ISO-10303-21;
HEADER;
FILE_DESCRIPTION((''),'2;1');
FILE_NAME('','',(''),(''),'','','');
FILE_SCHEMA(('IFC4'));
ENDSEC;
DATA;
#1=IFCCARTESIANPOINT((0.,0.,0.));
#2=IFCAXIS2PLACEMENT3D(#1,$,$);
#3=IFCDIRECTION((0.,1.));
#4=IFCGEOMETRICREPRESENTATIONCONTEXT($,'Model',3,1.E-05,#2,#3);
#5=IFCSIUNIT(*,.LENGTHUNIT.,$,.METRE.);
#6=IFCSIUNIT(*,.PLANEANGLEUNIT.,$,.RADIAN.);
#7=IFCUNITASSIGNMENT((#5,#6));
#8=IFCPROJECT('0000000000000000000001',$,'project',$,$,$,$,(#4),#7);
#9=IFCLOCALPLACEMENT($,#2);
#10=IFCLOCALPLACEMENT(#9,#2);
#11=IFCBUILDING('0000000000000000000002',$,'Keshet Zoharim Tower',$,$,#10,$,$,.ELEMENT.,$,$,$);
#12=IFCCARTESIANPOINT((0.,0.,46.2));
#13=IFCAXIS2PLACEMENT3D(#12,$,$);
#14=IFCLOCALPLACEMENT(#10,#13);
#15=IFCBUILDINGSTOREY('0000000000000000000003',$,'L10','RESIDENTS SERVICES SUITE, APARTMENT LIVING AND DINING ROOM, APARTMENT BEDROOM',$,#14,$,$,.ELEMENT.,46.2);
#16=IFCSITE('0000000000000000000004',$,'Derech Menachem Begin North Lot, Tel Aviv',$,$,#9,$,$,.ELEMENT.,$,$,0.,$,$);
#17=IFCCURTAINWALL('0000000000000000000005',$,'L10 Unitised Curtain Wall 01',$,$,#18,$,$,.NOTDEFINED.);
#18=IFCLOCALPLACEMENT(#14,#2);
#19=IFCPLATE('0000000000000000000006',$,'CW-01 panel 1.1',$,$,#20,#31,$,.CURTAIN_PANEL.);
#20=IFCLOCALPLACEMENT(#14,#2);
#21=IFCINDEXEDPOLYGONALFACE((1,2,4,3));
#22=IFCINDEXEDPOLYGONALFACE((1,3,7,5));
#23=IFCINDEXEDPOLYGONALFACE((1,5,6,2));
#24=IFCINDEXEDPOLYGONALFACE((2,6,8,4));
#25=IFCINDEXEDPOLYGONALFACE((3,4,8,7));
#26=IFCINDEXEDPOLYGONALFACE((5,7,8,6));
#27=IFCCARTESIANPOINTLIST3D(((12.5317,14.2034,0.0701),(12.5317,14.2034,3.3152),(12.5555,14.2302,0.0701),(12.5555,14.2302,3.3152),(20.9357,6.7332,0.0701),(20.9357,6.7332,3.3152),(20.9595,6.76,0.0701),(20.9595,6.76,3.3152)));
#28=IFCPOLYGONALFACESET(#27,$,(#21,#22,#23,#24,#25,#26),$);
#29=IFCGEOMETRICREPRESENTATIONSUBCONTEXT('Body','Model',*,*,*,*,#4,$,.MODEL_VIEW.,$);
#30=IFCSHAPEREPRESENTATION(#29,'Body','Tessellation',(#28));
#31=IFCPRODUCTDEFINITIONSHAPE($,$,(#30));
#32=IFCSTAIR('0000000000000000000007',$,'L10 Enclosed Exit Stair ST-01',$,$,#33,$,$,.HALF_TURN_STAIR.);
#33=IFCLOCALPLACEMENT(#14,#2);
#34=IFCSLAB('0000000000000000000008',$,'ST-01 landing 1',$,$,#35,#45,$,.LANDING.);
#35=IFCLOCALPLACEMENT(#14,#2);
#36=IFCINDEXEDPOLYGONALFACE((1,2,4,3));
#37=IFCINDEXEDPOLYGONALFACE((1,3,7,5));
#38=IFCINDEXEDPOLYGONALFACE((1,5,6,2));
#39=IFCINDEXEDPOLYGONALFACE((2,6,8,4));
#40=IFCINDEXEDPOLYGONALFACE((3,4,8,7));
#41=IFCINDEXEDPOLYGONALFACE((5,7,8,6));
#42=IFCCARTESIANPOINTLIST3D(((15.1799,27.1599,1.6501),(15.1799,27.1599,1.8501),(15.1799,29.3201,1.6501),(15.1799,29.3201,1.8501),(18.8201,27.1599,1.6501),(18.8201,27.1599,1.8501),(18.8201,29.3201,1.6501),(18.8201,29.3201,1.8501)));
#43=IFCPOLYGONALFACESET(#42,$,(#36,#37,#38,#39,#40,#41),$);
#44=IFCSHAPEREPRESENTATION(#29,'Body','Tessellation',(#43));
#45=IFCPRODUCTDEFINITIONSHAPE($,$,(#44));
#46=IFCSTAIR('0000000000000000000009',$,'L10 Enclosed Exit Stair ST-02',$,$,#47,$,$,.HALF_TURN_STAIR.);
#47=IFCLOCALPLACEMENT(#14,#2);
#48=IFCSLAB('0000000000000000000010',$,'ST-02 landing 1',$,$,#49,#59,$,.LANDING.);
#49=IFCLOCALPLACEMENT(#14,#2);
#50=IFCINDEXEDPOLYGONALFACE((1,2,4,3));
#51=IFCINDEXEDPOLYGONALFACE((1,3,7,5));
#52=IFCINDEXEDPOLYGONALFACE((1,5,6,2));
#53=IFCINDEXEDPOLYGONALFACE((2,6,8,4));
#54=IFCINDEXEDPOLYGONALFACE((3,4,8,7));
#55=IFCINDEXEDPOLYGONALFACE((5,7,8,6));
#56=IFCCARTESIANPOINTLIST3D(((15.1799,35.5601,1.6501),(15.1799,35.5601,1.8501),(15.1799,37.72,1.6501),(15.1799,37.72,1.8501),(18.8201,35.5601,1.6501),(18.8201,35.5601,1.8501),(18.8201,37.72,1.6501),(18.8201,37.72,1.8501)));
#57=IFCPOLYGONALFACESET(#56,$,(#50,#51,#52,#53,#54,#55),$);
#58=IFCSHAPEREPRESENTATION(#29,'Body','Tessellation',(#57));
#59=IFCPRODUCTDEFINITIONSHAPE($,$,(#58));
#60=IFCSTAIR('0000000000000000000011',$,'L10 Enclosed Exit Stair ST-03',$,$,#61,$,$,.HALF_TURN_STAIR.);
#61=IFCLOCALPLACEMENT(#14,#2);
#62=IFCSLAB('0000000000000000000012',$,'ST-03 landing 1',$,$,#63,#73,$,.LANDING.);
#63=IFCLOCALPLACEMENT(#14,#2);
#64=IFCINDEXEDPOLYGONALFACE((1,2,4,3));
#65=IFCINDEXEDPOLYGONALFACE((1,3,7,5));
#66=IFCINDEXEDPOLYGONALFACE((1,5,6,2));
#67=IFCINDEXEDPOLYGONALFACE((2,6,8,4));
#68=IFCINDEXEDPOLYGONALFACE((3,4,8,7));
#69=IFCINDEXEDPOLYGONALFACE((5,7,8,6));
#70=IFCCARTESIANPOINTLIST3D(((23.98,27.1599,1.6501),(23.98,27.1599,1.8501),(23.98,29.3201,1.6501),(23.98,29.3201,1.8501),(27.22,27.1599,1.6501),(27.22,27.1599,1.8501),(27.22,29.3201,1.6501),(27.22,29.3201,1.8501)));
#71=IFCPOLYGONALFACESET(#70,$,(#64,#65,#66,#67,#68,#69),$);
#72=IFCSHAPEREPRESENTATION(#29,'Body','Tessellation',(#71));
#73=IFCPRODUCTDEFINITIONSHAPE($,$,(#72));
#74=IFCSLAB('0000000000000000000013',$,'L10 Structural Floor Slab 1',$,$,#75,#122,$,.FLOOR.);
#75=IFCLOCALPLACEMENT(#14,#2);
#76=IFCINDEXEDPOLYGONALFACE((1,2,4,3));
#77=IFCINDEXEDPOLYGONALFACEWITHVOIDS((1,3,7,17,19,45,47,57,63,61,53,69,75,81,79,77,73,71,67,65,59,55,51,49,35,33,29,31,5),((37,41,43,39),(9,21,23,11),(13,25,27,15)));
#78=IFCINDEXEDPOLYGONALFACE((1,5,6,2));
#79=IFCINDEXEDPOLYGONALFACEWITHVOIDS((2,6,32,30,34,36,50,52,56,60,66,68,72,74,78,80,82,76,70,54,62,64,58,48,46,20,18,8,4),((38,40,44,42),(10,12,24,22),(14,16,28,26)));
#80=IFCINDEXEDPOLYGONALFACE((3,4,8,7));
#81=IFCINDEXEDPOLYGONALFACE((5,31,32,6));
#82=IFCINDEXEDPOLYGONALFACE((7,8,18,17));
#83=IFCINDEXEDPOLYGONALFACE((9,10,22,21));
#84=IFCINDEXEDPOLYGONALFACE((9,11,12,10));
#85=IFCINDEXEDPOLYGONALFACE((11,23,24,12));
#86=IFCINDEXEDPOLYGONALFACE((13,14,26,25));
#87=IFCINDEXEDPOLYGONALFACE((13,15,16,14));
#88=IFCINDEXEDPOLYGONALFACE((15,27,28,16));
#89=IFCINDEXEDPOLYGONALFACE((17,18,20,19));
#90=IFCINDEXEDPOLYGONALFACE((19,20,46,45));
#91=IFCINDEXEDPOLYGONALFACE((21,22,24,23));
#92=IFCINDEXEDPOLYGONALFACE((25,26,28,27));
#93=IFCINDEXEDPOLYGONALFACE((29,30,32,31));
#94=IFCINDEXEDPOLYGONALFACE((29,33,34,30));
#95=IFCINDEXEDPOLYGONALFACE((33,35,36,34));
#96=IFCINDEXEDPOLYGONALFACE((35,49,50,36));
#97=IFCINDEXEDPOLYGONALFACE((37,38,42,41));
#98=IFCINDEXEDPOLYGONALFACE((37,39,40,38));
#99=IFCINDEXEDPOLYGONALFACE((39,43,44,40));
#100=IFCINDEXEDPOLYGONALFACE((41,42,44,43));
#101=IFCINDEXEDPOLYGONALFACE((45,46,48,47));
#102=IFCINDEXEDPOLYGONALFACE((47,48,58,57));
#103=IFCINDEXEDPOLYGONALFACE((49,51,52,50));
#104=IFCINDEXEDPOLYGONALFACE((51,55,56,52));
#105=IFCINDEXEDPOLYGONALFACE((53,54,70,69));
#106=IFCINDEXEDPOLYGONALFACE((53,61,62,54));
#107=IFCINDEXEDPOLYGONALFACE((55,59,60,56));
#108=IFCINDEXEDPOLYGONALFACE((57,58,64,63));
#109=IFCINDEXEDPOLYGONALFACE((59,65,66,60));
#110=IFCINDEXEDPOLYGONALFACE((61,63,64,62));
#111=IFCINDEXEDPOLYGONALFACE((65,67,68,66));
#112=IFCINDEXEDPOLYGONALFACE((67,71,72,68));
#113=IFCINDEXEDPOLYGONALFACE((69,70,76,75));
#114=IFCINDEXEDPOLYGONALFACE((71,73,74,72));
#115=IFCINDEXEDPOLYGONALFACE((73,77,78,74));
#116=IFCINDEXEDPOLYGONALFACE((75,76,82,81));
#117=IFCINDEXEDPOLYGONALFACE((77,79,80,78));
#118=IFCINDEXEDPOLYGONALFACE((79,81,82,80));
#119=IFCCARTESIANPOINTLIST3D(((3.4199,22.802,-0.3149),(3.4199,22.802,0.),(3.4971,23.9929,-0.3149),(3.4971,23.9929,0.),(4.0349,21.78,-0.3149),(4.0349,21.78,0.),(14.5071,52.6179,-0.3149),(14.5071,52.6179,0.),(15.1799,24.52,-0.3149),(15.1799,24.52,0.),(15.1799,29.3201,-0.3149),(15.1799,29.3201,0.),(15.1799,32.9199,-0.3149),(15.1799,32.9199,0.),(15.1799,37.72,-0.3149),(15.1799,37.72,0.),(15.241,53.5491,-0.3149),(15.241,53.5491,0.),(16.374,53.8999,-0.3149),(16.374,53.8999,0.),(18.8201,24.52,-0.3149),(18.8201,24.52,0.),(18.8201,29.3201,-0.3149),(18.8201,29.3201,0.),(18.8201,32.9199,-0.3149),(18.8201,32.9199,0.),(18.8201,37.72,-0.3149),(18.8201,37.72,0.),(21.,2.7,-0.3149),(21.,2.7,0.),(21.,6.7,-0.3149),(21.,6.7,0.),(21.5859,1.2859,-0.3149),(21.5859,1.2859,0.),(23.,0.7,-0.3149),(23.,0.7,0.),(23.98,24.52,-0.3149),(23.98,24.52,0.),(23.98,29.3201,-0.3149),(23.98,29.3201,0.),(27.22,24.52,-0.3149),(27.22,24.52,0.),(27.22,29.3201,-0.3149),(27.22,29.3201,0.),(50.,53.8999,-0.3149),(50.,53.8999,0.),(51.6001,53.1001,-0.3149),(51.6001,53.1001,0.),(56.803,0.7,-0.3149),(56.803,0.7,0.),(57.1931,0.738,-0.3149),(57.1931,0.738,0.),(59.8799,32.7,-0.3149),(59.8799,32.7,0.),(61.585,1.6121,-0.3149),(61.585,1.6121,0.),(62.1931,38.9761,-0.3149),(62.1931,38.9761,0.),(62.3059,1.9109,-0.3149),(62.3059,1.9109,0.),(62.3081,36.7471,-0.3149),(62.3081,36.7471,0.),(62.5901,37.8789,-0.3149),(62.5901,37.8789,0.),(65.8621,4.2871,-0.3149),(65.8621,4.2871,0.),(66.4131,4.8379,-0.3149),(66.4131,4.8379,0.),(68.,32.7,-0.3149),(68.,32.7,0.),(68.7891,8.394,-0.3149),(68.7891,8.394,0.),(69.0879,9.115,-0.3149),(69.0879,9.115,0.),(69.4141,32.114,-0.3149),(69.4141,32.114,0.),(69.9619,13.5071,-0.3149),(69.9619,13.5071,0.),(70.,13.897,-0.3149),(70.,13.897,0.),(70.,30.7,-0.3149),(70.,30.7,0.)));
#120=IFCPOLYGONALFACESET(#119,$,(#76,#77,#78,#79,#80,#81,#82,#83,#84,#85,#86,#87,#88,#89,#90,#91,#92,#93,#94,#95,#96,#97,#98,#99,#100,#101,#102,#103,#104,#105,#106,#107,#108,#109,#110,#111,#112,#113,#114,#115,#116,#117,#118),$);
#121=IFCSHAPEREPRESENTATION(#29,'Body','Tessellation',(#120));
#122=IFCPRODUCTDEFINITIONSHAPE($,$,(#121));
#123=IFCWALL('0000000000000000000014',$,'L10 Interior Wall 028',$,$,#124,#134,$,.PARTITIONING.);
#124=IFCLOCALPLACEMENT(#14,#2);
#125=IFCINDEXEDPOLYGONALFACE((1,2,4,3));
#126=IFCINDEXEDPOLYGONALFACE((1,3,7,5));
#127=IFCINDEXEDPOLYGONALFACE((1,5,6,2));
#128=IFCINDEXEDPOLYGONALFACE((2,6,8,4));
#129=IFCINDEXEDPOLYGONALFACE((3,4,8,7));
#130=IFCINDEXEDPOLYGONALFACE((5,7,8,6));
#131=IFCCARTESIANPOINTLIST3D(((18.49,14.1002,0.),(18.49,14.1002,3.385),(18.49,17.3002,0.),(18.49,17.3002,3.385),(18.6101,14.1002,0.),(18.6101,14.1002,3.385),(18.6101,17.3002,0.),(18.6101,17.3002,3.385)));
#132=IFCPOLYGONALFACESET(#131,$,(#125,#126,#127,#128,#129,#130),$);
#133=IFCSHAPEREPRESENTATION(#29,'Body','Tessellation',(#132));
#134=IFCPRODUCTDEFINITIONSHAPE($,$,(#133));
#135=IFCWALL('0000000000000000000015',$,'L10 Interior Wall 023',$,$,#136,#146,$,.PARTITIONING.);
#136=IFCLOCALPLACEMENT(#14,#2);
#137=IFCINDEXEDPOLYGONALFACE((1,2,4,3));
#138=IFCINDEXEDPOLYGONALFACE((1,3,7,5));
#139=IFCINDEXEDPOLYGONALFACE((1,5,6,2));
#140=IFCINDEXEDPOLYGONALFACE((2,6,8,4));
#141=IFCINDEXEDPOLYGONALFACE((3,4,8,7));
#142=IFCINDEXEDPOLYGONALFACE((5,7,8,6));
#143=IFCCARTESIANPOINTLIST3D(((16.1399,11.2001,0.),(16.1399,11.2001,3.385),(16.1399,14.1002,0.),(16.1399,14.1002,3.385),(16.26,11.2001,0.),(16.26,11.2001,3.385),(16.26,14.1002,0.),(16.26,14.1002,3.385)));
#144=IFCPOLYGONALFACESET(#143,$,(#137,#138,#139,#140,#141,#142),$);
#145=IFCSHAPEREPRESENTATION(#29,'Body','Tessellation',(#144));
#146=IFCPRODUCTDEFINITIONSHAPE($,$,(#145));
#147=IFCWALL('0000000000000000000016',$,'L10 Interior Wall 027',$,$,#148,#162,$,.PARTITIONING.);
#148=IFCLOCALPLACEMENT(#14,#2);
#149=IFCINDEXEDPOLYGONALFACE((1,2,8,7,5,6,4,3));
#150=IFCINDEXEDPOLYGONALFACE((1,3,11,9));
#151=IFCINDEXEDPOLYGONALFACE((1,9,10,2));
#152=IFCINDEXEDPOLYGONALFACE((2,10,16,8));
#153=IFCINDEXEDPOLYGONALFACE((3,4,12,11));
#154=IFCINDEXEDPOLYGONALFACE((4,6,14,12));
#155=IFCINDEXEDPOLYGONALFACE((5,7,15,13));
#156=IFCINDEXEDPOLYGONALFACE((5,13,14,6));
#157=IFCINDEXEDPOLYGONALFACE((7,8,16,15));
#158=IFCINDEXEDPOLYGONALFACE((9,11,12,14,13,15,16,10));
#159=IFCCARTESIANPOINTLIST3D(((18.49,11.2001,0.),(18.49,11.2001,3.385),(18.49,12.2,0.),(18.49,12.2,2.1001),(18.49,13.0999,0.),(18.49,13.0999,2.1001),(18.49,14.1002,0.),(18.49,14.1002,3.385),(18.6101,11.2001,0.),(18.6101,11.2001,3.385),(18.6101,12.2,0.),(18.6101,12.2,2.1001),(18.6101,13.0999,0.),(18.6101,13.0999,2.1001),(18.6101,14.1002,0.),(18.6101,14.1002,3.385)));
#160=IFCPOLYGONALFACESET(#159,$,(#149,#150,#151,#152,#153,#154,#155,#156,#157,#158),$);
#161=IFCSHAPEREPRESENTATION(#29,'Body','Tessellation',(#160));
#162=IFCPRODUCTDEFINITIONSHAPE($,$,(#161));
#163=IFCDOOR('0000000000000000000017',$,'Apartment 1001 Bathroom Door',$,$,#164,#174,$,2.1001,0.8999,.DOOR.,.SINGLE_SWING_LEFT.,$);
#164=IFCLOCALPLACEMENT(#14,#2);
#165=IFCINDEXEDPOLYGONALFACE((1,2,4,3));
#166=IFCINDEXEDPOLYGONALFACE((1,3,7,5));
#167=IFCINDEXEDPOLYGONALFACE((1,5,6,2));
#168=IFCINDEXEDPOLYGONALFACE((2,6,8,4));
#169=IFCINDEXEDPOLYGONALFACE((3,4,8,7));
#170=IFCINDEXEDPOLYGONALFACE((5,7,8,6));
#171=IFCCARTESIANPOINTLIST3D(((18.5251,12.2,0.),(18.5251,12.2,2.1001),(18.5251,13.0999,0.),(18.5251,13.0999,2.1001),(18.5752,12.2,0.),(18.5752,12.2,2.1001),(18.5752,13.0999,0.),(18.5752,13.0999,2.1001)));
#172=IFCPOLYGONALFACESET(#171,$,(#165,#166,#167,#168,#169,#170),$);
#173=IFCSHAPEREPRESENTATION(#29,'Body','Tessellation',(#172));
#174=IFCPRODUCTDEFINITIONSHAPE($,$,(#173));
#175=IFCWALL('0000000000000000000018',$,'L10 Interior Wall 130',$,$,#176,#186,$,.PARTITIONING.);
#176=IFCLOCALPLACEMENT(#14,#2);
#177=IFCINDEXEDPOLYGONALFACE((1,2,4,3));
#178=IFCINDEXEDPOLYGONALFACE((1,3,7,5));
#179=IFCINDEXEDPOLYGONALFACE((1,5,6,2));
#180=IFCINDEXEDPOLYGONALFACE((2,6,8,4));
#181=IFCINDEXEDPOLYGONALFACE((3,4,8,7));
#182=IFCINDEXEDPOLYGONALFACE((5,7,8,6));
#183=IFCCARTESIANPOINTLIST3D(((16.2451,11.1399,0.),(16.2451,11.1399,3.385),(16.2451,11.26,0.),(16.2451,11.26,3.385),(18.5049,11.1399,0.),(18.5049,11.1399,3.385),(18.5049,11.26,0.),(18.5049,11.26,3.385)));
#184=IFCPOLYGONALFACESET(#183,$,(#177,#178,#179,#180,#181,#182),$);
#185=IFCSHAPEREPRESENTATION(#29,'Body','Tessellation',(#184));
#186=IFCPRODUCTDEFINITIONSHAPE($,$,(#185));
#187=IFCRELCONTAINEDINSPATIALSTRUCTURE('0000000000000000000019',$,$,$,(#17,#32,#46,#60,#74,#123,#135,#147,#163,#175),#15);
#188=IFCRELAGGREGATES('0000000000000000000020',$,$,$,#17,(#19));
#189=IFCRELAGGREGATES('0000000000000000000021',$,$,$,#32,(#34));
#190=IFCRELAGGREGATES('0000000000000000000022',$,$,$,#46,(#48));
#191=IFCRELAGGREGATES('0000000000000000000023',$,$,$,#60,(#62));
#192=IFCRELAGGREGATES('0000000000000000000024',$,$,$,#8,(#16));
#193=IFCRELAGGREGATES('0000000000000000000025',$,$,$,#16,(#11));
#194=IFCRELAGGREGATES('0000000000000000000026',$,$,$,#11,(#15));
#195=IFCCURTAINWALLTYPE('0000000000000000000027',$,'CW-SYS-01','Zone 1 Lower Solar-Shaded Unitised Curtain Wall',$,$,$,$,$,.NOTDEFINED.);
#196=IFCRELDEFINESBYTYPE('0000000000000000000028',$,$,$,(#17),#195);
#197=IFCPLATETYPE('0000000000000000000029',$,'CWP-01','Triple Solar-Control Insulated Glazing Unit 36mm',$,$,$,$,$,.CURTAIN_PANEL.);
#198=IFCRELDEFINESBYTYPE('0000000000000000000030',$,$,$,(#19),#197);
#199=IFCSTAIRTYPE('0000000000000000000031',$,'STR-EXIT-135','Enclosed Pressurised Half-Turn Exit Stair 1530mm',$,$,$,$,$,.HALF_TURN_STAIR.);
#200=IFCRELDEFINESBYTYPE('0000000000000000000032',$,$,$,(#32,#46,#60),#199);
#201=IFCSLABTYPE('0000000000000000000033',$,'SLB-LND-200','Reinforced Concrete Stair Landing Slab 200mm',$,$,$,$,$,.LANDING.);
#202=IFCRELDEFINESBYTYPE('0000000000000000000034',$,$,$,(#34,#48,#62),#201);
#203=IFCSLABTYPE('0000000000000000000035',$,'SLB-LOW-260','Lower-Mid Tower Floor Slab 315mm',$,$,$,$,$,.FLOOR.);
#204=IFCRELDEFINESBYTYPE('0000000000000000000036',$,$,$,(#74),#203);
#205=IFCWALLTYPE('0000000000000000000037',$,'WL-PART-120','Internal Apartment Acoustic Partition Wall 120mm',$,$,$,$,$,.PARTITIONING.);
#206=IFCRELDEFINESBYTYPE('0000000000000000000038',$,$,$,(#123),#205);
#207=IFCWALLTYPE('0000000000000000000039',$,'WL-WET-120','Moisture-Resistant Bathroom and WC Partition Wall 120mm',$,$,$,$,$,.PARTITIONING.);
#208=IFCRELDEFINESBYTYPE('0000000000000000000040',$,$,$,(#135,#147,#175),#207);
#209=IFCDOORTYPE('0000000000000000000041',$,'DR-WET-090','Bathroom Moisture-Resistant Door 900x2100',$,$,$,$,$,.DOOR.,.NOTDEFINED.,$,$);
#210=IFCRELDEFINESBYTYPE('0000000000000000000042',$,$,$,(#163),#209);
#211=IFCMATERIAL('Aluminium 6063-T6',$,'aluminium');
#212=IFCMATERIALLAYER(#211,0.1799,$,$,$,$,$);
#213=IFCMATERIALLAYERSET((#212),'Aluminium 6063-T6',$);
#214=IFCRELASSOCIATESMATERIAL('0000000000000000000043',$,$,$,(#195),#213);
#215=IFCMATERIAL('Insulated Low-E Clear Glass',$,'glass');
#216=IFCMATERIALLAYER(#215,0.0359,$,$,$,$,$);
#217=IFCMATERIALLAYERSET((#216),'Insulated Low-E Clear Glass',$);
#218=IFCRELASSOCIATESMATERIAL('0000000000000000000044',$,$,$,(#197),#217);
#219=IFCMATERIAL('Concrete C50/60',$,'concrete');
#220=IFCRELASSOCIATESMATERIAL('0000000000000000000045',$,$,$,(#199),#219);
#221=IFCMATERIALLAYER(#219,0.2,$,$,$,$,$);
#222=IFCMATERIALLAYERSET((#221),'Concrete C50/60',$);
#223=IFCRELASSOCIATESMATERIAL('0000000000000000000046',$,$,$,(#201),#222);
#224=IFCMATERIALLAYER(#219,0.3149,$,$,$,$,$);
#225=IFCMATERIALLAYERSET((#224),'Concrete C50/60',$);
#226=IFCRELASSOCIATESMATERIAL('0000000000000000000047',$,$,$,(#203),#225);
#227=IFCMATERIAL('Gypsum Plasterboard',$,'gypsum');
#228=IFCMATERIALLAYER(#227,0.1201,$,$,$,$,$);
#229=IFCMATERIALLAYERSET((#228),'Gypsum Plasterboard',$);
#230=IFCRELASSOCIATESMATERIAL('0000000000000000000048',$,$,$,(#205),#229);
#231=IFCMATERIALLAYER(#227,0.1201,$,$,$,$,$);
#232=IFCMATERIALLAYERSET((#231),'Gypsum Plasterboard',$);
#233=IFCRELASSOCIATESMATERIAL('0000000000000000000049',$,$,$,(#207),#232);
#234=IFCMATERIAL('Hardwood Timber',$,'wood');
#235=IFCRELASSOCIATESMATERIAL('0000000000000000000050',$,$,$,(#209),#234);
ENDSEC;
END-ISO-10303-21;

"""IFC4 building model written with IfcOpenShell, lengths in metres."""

from ifc_helpers import new_model, si_unit, direction, frame, frame_2d, origin, origin_2d, place, context, subcontext, project, spatial, polyline, rectangle, outline, extrude, material, layer, layer_set, type_object, element, fill, aggregate, save


model = new_model("IFC4")

# Units and contexts
model_context = context("Model", 3, precision=1e-05, world=origin(), true_north=direction((0.0, 1.0)))
body_context = subcontext(model_context, "Body", "Model", "MODEL_VIEW")
ifc_project = project(units=[si_unit("LENGTHUNIT", "METRE"), si_unit("PLANEANGLEUNIT", "RADIAN")], contexts=[model_context])

# Site, building, storey
site_placement = place(None, origin())
site = spatial("IfcSite", under=ifc_project, at=site_placement, Name="Derech Menachem Begin North Lot, Tel Aviv", CompositionType="ELEMENT", RefElevation=0.0)
building_placement = place(site_placement, origin())
building = spatial("IfcBuilding", under=site, at=building_placement, Name="Keshet Zoharim Tower", CompositionType="ELEMENT")
storey_placement = place(building_placement, frame((0.0, 0.0, 46.2)))
storey = spatial("IfcBuildingStorey", under=building, at=storey_placement, Name="L10", Description="RESIDENTS SERVICES SUITE, APARTMENT LIVING AND DINING ROOM, APARTMENT BEDROOM", CompositionType="ELEMENT", Elevation=46.2)

# Curtain wall, plate
ifc_material_1 = material(Name="Aluminium 6063-T6", Category="aluminium")
ifc_layer_1 = layer(ifc_material_1, 0.1799)
ifc_layer_set_1 = layer_set([ifc_layer_1], Name="Aluminium 6063-T6")
curtain_wall_type = type_object("IfcCurtainWallType", Name="CW-SYS-01", Description="Zone 1 Lower Solar-Shaded Unitised Curtain Wall", PredefinedType="NOTDEFINED", material=ifc_layer_set_1)
curtain_wall_placement = place(storey_placement, origin())
curtain_wall = element("IfcCurtainWall", 1, at=curtain_wall_placement, inside=storey, type_object=curtain_wall_type, Name="L10 Unitised Curtain Wall 01", PredefinedType="NOTDEFINED")
ifc_material_2 = material(Name="Insulated Low-E Clear Glass", Category="glass")
ifc_layer_2 = layer(ifc_material_2, 0.0359)
ifc_layer_set_2 = layer_set([ifc_layer_2], Name="Insulated Low-E Clear Glass")
plate_type = type_object("IfcPlateType", Name="CWP-01", Description="Triple Solar-Control Insulated Glazing Unit 36mm", PredefinedType="CURTAIN_PANEL", material=ifc_layer_set_2)
plate_placement = place(storey_placement, frame((16.7456, 10.4817, 0.0701), z_axis=(0.0, 0.0, 1.0), x_axis=(-0.747409, 0.664364, 0.0)))
plate = element("IfcPlate", 2, at=plate_placement, type_object=plate_type, Name="CW-01 panel 1.1", PredefinedType="CURTAIN_PANEL", context=body_context, shape_type="SweptSolid", body=[
    extrude(rectangle(XDim=11.2441, YDim=0.0359, at=origin_2d()), origin(), (0.0, 0.0, 1.0), 3.2451),
])
aggregate(curtain_wall, [plate])

# Stairs, slabs
ifc_material_3 = material(Name="Concrete C50/60", Category="concrete")
stair_type = type_object("IfcStairType", Name="STR-EXIT-135", Description="Enclosed Pressurised Half-Turn Exit Stair 1530mm", PredefinedType="HALF_TURN_STAIR", material=ifc_material_3)
stair_1_placement = place(storey_placement, origin())
stair_1 = element("IfcStair", 3, at=stair_1_placement, inside=storey, type_object=stair_type, Name="L10 Enclosed Exit Stair ST-01", PredefinedType="HALF_TURN_STAIR")
ifc_layer_3 = layer(ifc_material_3, 0.2)
ifc_layer_set_3 = layer_set([ifc_layer_3], Name="Concrete C50/60")
slab_type_1 = type_object("IfcSlabType", Name="SLB-LND-200", Description="Reinforced Concrete Stair Landing Slab 200mm", PredefinedType="LANDING", material=ifc_layer_set_3)
slab_1_placement = place(storey_placement, frame((0.0, 0.0, 1.6501)))
slab_1 = element("IfcSlab", 4, at=slab_1_placement, type_object=slab_type_1, Name="ST-01 landing 1", PredefinedType="LANDING", context=body_context, shape_type="SweptSolid", body=[
    extrude(outline(polyline([(15.1799, 27.1599), (18.8201, 27.1599), (18.8201, 29.3201), (15.1799, 29.3201), (15.1799, 27.1599)])), origin(), (0.0, 0.0, 1.0), 0.2),
])
aggregate(stair_1, [slab_1])
stair_2_placement = place(storey_placement, origin())
stair_2 = element("IfcStair", 5, at=stair_2_placement, inside=storey, type_object=stair_type, Name="L10 Enclosed Exit Stair ST-02", PredefinedType="HALF_TURN_STAIR")
slab_2_placement = place(storey_placement, frame((0.0, 0.0, 1.6501)))
slab_2 = element("IfcSlab", 6, at=slab_2_placement, type_object=slab_type_1, Name="ST-02 landing 1", PredefinedType="LANDING", context=body_context, shape_type="SweptSolid", body=[
    extrude(outline(polyline([(15.1799, 35.5601), (18.8201, 35.5601), (18.8201, 37.72), (15.1799, 37.72), (15.1799, 35.5601)])), origin(), (0.0, 0.0, 1.0), 0.2),
])
aggregate(stair_2, [slab_2])
stair_3_placement = place(storey_placement, origin())
stair_3 = element("IfcStair", 7, at=stair_3_placement, inside=storey, type_object=stair_type, Name="L10 Enclosed Exit Stair ST-03", PredefinedType="HALF_TURN_STAIR")
slab_3_placement = place(storey_placement, frame((0.0, 0.0, 1.6501)))
slab_3 = element("IfcSlab", 8, at=slab_3_placement, type_object=slab_type_1, Name="ST-03 landing 1", PredefinedType="LANDING", context=body_context, shape_type="SweptSolid", body=[
    extrude(outline(polyline([(23.98, 27.1599), (27.22, 27.1599), (27.22, 29.3201), (23.98, 29.3201), (23.98, 27.1599)])), origin(), (0.0, 0.0, 1.0), 0.2),
])
aggregate(stair_3, [slab_3])

# Slab
ifc_layer_4 = layer(ifc_material_3, 0.3149)
ifc_layer_set_4 = layer_set([ifc_layer_4], Name="Concrete C50/60")
slab_type_2 = type_object("IfcSlabType", Name="SLB-LOW-260", Description="Lower-Mid Tower Floor Slab 315mm", PredefinedType="FLOOR", material=ifc_layer_set_4)
slab_4_placement = place(storey_placement, frame((0.0, 0.0, -0.3149)))
element("IfcSlab", 9, at=slab_4_placement, inside=storey, type_object=slab_type_2, Name="L10 Structural Floor Slab 1", PredefinedType="FLOOR", context=body_context, shape_type="SweptSolid", body=[
    extrude(outline(polyline([(21.0, 6.7), (4.0349, 21.78), (3.4199, 22.802), (3.4971, 23.9929), (14.5071, 52.6179), (15.241, 53.5491), (16.374, 53.8999), (50.0, 53.8999), (51.6001, 53.1001), (62.1931, 38.9761), (62.5901, 37.8789), (62.3081, 36.7471), (59.8799, 32.7), (68.0, 32.7), (69.4141, 32.114), (70.0, 30.7), (70.0, 13.897), (69.9619, 13.5071), (69.0879, 9.115), (68.7891, 8.394), (66.4131, 4.8379), (65.8621, 4.2871), (62.3059, 1.9109), (61.585, 1.6121), (57.1931, 0.738), (56.803, 0.7), (23.0, 0.7), (21.5859, 1.2859), (21.0, 2.7), (21.0, 6.7)]), holes=[polyline([(15.1799, 24.52), (18.8201, 24.52), (18.8201, 29.3201), (15.1799, 29.3201), (15.1799, 24.52)]), polyline([(15.1799, 32.9199), (18.8201, 32.9199), (18.8201, 37.72), (15.1799, 37.72), (15.1799, 32.9199)]), polyline([(23.98, 24.52), (27.22, 24.52), (27.22, 29.3201), (23.98, 29.3201), (23.98, 24.52)])]), origin(), (0.0, 0.0, 1.0), 0.3149),
])

# Shared definitions
ifc_material_4 = material(Name="Gypsum Plasterboard", Category="gypsum")
ifc_layer_5 = layer(ifc_material_4, 0.1201)
ifc_layer_set_5 = layer_set([ifc_layer_5], Name="Gypsum Plasterboard")
wall_type_1 = type_object("IfcWallType", Name="WL-PART-120", Description="Internal Apartment Acoustic Partition Wall 120mm", PredefinedType="PARTITIONING", material=ifc_layer_set_5)
ifc_material_5 = material(Name="Hardwood Timber", Category="wood")

# Walls
wall_1_placement = place(storey_placement, frame((18.55, 14.1001, 0.0), z_axis=(0.0, 0.0, 1.0), x_axis=(0.0, 1.0, 0.0)))
element("IfcWall", 10, at=wall_1_placement, inside=storey, type_object=wall_type_1, Name="L10 Interior Wall 028", PredefinedType="PARTITIONING", context=body_context, shape_type="SweptSolid", body=[
    extrude(rectangle(XDim=3.2, YDim=0.1201, at=frame_2d((1.6001, 0.0))), origin(), (0.0, 0.0, 1.0), 3.385),
])
ifc_layer_6 = layer(ifc_material_4, 0.1201)
ifc_layer_set_6 = layer_set([ifc_layer_6], Name="Gypsum Plasterboard")
wall_type_2 = type_object("IfcWallType", Name="WL-WET-120", Description="Moisture-Resistant Bathroom and WC Partition Wall 120mm", PredefinedType="PARTITIONING", material=ifc_layer_set_6)
wall_2_placement = place(storey_placement, frame((16.2, 11.2, 0.0), z_axis=(0.0, 0.0, 1.0), x_axis=(0.0, 1.0, 0.0)))
element("IfcWall", 11, at=wall_2_placement, inside=storey, type_object=wall_type_2, Name="L10 Interior Wall 023", PredefinedType="PARTITIONING", context=body_context, shape_type="SweptSolid", body=[
    extrude(rectangle(XDim=2.9001, YDim=0.1201, at=frame_2d((1.4502, 0.0))), origin(), (0.0, 0.0, 1.0), 3.385),
])

# Wall, opening, door
wall_3_placement = place(storey_placement, frame((18.55, 11.2, 0.0), z_axis=(0.0, 0.0, 1.0), x_axis=(0.0, 1.0, 0.0)))
wall_3 = element("IfcWall", 12, at=wall_3_placement, inside=storey, type_object=wall_type_2, Name="L10 Interior Wall 027", PredefinedType="PARTITIONING", context=body_context, shape_type="SweptSolid", body=[
    extrude(rectangle(XDim=2.9001, YDim=0.1201, at=frame_2d((1.4502, 0.0))), origin(), (0.0, 0.0, 1.0), 3.385),
])
opening_1_placement = place(wall_3_placement, frame((1.0, 0.0, 0.0)))
opening_1 = element("IfcOpeningElement", 13, at=opening_1_placement, cuts=wall_3, PredefinedType="OPENING", context=body_context, shape_type="SweptSolid", body=[
    extrude(rectangle(XDim=0.8999, YDim=2.1001, at=frame_2d((0.45, 1.05))), frame((0.0, 0.0701, 0.0), z_axis=(0.0, -1.0, 0.0), x_axis=(1.0, 0.0, 0.0)), (0.0, 0.0, 1.0), 0.1401),
])
door_type_1 = type_object("IfcDoorType", Name="DR-WET-090", Description="Bathroom Moisture-Resistant Door 900x2100", OperationType="NOTDEFINED", PredefinedType="DOOR", material=ifc_material_5)
door_1_placement = place(opening_1_placement, origin())
door_1 = element("IfcDoor", 14, at=door_1_placement, inside=storey, type_object=door_type_1, Name="Apartment 1001 Bathroom Door", OperationType="SINGLE_SWING_LEFT", OverallHeight=2.1001, OverallWidth=0.8999, PredefinedType="DOOR", context=body_context, shape_type="SweptSolid", body=[
    extrude(rectangle(XDim=0.8999, YDim=2.1001, at=frame_2d((0.45, 1.05))), frame((0.0, 0.0249, 0.0), z_axis=(0.0, -1.0, 0.0), x_axis=(1.0, 0.0, 0.0)), (0.0, 0.0, 1.0), 0.05),
])
fill(opening_1, door_1)

# Wall
for number, where, z_axis, x_axis, name in (
    (15, (16.2451, 11.2, 0.0), (0.0, 0.0, 1.0), (1.0, 0.0, 0.0), "L10 Interior Wall 130"),
):
    element("IfcWall", number, at=place(storey_placement, frame(where, z_axis=z_axis, x_axis=x_axis)), inside=storey, type_object=wall_type_2, Name=name, PredefinedType="PARTITIONING", context=body_context, shape_type="SweptSolid", body=[
        extrude(rectangle(XDim=2.2598, YDim=0.1201, at=frame_2d((1.1299, 0.0))), origin(), (0.0, 0.0, 1.0), 3.385),
    ])

save(model, "model.ifc")
